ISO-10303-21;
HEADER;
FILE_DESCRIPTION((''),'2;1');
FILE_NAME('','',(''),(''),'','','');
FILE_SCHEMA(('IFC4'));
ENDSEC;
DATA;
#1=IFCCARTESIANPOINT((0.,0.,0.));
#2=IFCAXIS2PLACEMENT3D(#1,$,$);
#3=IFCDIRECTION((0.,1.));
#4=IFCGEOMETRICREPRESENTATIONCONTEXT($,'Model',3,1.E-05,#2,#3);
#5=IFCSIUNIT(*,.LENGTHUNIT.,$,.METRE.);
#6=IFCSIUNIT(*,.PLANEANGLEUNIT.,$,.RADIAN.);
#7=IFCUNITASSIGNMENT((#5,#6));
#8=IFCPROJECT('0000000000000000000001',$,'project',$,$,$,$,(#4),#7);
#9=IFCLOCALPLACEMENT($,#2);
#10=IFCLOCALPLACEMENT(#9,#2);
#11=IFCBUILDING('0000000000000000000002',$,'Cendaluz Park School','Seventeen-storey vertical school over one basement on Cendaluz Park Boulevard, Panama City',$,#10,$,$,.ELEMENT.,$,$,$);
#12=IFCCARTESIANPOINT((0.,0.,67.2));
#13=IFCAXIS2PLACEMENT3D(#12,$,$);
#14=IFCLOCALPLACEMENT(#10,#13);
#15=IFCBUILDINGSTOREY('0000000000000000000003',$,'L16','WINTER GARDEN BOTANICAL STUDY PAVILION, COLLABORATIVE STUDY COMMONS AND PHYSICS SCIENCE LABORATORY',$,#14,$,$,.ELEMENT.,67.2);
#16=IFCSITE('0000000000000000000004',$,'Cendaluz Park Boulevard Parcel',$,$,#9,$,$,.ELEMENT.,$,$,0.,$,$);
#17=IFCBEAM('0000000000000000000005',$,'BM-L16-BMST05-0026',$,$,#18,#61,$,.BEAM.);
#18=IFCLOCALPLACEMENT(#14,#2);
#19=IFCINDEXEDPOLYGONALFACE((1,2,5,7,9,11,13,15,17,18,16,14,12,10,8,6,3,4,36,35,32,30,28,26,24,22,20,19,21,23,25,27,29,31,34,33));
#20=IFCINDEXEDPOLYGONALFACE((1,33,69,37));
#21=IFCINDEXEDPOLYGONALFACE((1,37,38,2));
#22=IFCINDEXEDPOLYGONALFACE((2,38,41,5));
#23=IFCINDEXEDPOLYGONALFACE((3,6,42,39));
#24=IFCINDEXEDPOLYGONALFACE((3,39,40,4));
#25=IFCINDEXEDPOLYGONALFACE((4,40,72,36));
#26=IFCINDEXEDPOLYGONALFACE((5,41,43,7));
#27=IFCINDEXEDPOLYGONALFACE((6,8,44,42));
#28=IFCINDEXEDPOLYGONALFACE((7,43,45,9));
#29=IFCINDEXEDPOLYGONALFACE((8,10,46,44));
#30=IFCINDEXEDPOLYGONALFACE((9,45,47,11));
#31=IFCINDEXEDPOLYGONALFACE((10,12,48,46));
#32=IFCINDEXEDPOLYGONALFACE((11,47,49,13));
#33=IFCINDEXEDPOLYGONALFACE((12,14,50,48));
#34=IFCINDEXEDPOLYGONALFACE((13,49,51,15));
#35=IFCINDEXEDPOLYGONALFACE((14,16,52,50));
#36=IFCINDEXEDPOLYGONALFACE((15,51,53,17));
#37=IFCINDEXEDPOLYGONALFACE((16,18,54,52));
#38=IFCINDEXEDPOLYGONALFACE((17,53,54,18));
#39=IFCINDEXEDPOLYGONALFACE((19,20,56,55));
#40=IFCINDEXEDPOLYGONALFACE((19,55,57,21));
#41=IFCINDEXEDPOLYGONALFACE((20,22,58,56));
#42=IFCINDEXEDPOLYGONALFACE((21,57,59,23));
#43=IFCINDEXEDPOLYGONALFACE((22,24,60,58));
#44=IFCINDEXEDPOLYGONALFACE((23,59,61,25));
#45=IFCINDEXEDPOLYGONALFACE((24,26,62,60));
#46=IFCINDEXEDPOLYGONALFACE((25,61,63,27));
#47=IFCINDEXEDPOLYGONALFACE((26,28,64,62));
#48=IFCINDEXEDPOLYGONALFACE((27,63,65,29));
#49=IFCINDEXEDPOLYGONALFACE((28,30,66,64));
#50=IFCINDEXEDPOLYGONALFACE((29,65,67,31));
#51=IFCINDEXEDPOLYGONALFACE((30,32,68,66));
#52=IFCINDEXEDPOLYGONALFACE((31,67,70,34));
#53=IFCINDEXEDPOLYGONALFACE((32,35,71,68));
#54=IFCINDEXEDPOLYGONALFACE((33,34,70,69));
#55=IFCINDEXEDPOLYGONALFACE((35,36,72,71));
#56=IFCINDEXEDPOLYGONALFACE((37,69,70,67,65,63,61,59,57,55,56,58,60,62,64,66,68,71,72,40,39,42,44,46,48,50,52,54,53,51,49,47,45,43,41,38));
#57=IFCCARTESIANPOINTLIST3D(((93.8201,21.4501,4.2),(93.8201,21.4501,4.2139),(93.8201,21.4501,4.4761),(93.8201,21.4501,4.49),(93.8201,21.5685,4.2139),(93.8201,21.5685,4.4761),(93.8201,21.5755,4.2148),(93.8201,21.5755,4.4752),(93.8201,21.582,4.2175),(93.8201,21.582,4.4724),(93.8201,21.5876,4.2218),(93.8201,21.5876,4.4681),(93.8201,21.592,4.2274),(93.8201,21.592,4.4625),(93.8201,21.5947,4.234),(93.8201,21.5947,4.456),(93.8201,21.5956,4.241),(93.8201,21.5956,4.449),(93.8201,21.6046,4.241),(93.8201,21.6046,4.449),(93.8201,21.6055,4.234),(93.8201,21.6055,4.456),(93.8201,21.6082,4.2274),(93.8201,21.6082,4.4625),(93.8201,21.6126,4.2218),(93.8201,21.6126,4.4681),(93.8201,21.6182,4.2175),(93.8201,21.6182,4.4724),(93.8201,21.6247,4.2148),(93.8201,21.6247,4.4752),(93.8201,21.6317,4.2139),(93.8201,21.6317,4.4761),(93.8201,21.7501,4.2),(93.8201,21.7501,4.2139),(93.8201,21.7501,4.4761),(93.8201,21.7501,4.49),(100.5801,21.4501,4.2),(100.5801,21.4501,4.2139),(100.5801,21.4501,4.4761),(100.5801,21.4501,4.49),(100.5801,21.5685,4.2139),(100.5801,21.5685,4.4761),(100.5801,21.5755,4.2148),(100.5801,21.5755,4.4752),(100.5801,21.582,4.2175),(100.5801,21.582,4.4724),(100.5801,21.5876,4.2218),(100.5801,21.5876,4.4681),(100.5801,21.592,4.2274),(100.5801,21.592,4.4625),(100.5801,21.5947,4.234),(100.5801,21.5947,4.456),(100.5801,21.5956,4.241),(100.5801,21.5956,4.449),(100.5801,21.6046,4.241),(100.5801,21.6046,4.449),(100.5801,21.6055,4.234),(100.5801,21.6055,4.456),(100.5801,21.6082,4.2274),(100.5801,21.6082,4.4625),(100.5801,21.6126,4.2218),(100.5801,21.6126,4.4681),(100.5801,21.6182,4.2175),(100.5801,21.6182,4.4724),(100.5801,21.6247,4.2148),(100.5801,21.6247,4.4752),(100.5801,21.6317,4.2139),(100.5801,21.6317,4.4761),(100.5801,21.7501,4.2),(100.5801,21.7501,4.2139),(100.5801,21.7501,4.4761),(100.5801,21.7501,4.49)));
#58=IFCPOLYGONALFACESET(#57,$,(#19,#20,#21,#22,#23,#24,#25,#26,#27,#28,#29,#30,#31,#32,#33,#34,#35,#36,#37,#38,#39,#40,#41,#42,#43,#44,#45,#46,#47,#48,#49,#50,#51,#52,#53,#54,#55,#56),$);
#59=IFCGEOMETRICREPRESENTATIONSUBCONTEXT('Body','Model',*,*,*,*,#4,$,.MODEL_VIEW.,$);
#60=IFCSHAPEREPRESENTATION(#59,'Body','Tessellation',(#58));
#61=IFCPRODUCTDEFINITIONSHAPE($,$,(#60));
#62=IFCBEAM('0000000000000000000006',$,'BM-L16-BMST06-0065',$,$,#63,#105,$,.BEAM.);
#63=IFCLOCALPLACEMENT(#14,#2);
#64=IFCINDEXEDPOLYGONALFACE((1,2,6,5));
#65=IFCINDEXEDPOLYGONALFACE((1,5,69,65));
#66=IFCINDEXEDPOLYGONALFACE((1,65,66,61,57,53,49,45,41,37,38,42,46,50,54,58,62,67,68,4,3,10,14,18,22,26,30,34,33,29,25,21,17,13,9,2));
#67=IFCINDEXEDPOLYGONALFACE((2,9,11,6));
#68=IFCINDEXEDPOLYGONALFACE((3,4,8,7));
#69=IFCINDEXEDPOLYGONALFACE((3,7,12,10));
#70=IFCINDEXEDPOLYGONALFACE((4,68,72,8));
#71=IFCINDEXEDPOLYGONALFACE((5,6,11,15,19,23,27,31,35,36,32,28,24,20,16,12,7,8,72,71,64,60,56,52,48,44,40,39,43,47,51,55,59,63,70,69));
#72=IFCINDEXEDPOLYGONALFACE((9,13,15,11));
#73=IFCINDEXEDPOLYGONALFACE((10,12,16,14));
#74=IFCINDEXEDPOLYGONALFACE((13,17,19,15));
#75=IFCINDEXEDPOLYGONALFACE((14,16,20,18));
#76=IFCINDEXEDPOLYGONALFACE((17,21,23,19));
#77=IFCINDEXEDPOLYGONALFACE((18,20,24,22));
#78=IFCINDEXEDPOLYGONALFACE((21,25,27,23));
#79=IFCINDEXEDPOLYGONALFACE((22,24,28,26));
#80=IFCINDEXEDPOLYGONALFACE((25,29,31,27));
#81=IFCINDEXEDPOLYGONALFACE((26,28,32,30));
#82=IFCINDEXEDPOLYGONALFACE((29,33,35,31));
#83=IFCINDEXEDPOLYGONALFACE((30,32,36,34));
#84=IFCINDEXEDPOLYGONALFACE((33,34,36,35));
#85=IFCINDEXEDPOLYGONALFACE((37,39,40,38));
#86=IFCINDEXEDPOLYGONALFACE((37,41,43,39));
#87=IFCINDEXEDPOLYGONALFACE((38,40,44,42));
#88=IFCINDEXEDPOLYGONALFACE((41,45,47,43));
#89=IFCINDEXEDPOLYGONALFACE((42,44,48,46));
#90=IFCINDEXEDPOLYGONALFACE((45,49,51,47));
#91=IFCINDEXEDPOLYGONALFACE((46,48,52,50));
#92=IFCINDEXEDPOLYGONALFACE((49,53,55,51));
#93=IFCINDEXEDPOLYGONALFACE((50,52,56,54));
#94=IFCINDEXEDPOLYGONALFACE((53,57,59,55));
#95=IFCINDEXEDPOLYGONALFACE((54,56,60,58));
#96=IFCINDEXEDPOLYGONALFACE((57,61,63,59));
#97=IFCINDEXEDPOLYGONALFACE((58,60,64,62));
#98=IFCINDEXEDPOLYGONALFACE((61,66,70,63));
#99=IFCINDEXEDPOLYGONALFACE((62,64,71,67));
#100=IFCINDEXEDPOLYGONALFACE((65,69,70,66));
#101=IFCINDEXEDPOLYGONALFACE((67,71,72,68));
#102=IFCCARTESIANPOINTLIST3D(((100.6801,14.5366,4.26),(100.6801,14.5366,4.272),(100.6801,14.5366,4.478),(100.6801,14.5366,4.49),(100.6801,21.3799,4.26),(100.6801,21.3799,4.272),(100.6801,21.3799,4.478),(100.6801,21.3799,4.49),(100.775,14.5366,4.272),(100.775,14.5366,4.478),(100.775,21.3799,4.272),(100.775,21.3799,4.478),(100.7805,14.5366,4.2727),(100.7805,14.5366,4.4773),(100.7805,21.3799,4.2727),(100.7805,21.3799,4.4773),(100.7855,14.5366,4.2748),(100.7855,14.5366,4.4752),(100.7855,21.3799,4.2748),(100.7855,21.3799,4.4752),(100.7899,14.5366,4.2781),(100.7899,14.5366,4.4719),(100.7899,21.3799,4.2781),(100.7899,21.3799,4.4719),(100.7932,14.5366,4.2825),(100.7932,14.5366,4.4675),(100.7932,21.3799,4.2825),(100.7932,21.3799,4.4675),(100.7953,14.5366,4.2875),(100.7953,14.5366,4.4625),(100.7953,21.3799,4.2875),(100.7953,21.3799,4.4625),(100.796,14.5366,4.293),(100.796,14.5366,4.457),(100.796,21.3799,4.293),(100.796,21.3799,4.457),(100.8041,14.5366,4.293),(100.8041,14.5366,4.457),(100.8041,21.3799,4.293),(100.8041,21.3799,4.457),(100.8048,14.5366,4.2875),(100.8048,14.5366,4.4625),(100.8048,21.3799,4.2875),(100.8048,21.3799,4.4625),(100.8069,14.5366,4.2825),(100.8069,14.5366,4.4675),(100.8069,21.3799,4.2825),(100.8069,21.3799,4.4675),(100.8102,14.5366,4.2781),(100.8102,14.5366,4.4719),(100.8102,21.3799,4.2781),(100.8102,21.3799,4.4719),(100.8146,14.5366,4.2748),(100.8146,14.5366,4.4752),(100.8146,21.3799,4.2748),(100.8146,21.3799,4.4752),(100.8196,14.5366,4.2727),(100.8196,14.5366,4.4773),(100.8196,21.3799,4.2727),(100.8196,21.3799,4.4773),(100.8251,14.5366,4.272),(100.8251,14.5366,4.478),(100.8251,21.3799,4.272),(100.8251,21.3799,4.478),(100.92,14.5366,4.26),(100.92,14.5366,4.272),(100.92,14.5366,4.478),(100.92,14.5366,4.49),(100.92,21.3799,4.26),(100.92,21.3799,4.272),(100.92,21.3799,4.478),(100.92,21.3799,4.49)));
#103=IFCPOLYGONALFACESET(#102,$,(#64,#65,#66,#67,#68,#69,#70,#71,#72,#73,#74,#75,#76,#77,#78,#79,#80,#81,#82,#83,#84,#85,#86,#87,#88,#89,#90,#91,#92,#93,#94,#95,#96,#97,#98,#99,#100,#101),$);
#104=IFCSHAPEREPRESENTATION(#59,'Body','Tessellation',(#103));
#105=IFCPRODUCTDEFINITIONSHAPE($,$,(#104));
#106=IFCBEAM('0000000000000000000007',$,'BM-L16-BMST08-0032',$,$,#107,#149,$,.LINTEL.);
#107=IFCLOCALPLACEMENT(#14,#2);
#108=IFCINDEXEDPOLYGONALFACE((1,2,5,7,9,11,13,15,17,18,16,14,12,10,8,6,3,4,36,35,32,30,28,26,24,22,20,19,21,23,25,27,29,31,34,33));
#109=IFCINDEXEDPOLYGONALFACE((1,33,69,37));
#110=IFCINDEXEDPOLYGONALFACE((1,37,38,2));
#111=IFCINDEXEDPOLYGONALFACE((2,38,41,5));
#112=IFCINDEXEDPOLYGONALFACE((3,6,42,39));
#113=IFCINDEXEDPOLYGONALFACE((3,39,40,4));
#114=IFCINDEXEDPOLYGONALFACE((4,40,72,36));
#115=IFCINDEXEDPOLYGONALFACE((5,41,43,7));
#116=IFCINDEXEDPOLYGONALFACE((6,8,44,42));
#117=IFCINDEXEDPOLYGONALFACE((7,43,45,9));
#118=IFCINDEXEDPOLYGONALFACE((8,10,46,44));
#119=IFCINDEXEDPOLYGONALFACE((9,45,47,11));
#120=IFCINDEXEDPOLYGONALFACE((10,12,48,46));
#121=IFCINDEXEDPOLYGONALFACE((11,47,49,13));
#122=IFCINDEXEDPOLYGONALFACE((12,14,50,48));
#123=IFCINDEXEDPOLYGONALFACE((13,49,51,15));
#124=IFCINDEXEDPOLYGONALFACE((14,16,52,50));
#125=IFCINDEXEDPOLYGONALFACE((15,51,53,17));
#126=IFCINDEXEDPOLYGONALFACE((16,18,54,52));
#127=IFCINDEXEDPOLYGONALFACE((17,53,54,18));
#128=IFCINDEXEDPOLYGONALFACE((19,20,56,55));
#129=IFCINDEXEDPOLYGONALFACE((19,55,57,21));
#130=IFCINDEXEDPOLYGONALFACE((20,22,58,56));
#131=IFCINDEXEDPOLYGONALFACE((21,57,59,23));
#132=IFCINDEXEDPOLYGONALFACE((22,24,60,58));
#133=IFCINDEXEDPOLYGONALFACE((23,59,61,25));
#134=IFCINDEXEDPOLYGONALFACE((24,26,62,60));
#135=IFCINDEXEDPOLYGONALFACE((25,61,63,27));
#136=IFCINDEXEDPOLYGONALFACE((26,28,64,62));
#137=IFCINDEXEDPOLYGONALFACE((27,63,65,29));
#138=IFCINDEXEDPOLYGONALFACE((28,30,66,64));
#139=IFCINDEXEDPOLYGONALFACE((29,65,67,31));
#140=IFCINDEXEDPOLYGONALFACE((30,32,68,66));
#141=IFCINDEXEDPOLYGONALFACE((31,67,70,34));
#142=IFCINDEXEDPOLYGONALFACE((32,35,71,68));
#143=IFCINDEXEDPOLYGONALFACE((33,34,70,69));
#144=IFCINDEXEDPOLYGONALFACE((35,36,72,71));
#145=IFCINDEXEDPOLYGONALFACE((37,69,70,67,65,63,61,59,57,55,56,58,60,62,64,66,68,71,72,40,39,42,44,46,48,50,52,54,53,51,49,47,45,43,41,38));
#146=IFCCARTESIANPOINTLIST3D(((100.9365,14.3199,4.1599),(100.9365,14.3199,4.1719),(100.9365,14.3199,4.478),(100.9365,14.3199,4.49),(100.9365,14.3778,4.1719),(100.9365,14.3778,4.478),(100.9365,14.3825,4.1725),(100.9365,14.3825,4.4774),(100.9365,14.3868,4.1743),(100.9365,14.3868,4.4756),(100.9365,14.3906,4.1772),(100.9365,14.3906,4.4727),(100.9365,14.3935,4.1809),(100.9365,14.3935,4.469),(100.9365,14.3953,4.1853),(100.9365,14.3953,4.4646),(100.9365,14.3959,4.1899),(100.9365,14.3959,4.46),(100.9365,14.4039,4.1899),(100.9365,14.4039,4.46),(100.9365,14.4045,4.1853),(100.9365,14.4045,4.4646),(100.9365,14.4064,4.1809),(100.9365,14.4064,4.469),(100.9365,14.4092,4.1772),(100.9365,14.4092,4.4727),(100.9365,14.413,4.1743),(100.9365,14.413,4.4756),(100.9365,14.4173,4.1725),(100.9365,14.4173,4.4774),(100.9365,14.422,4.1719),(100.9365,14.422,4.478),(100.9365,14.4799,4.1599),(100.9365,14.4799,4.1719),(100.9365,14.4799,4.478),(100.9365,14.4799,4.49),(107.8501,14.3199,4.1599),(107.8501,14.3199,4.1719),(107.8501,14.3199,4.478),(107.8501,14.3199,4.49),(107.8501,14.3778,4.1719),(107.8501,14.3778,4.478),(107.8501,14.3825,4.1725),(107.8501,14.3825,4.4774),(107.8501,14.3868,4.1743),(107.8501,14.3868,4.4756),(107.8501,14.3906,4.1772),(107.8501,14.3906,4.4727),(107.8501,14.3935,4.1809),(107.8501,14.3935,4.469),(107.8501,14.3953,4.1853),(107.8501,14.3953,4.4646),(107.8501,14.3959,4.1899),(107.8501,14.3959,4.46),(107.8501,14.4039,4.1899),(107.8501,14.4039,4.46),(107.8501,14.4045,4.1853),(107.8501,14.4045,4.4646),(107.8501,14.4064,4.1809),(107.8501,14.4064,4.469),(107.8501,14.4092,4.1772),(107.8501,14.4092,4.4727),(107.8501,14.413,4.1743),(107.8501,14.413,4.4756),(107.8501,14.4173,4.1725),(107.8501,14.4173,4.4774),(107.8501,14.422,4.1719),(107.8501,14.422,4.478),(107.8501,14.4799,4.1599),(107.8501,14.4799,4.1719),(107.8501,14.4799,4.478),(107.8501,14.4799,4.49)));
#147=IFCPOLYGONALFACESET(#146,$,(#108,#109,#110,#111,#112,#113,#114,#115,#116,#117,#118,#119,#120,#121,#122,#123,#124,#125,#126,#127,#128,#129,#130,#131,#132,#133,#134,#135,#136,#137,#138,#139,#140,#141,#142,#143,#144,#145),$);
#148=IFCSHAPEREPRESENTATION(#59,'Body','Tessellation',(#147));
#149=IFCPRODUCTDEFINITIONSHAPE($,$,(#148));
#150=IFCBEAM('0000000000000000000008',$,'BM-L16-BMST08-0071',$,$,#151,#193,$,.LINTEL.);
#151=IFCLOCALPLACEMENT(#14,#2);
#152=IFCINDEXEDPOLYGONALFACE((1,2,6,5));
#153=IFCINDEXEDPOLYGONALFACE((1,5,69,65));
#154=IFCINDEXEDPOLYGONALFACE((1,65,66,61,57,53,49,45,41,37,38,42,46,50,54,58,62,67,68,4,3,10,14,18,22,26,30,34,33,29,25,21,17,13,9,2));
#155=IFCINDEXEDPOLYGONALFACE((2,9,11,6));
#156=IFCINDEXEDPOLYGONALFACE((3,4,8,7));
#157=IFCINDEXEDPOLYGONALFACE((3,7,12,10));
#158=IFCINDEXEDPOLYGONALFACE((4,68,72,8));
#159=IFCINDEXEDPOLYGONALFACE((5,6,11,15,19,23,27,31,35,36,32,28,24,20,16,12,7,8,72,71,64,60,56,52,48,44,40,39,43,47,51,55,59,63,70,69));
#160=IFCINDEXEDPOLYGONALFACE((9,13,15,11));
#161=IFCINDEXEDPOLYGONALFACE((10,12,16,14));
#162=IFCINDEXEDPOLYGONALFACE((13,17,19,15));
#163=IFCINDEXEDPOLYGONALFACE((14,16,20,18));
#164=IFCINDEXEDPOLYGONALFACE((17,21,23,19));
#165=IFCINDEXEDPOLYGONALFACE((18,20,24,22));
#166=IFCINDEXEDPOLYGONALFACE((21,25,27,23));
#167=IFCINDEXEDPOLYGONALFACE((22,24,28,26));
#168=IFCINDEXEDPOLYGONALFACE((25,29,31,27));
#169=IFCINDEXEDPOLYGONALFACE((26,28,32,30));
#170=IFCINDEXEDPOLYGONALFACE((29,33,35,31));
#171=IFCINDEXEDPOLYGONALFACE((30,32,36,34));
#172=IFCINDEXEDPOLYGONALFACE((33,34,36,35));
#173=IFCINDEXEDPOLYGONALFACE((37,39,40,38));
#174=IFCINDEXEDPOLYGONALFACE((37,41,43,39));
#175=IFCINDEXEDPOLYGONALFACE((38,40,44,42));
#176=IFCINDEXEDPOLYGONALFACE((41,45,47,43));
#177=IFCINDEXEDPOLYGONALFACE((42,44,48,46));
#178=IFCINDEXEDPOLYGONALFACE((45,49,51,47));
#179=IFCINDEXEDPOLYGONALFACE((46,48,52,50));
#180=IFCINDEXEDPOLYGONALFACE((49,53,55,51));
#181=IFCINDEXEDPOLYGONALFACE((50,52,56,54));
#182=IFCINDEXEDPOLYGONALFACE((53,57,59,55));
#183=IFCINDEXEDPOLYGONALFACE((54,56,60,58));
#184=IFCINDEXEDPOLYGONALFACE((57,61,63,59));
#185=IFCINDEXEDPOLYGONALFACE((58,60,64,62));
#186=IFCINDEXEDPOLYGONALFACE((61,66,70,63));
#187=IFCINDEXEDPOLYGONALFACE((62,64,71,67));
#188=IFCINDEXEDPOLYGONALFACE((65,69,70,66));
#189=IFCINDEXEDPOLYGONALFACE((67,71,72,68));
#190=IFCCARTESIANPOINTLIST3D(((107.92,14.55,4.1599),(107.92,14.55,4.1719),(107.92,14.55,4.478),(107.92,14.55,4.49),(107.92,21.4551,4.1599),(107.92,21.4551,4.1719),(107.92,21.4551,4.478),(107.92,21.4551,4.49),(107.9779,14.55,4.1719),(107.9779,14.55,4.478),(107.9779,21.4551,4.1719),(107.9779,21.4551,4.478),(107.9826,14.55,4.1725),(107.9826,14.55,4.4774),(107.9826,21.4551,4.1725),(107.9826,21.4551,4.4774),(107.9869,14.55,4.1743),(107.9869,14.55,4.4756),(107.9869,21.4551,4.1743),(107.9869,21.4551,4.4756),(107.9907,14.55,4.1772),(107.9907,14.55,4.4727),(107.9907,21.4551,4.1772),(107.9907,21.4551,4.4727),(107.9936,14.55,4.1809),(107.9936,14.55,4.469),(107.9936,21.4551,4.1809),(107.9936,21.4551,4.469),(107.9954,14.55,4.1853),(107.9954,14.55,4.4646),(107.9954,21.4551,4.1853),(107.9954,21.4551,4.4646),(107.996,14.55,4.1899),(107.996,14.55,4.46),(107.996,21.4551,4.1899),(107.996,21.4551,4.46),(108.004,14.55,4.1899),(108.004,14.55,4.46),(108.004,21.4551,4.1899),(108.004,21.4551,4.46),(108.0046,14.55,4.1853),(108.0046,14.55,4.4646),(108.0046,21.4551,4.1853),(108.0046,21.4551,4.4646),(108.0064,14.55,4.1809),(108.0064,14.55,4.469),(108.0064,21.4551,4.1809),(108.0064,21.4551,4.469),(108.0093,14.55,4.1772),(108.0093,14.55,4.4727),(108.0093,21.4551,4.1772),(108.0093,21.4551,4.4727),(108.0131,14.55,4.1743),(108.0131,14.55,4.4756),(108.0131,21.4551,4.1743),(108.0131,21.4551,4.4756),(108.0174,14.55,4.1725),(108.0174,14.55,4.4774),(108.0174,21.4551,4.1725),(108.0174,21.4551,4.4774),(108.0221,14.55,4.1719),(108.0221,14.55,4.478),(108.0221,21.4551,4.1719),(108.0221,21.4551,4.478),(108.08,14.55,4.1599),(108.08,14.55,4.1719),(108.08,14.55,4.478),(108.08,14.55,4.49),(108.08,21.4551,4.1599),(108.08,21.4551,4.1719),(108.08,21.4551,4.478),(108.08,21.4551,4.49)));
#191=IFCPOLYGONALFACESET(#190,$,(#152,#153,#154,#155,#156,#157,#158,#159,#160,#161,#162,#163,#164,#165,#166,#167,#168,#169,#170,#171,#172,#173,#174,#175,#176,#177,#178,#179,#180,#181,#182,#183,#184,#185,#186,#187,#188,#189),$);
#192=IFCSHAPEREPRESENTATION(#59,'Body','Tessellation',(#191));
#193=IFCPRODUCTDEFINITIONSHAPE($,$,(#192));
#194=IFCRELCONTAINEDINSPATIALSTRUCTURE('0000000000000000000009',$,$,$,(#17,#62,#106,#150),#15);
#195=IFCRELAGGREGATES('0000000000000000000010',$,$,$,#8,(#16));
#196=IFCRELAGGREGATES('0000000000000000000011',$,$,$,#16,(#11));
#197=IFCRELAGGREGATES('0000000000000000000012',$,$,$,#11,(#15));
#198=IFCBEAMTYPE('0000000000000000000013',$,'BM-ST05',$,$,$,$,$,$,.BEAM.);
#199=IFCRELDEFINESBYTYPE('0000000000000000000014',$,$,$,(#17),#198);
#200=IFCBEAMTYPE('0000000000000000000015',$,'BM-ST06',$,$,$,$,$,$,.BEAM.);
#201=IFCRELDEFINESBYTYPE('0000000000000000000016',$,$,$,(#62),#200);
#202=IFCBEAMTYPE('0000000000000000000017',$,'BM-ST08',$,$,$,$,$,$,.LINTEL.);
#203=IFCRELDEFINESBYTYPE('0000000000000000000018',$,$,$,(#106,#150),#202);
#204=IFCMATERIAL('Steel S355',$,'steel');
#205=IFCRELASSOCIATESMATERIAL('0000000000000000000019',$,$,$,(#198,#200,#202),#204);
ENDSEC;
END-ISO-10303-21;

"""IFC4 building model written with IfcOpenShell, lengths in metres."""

from ifc_helpers import new_model, si_unit, direction, frame, origin, origin_2d, place, context, subcontext, project, spatial, i_section, extrude, material, material_profile, profile_set, type_object, element, save


model = new_model("IFC4")

# Units and contexts
model_context = context("Model", 3, precision=1e-05, world=origin(), true_north=direction((0.0, 1.0)))
body_context = subcontext(model_context, "Body", "Model", "MODEL_VIEW")
ifc_project = project(units=[si_unit("LENGTHUNIT", "METRE"), si_unit("PLANEANGLEUNIT", "RADIAN")], contexts=[model_context])

# Site, building, storey
site_placement = place(None, origin())
site = spatial("IfcSite", under=ifc_project, at=site_placement, Name="Cendaluz Park Boulevard Parcel", CompositionType="ELEMENT", RefElevation=0.0)
building_placement = place(site_placement, origin())
building = spatial("IfcBuilding", under=site, at=building_placement, Name="Cendaluz Park School", Description="Seventeen-storey vertical school over one basement on Cendaluz Park Boulevard, Panama City", CompositionType="ELEMENT")
storey_placement = place(building_placement, frame((0.0, 0.0, 67.2)))
storey = spatial("IfcBuildingStorey", under=building, at=storey_placement, Name="L16", Description="WINTER GARDEN BOTANICAL STUDY PAVILION, COLLABORATIVE STUDY COMMONS AND PHYSICS SCIENCE LABORATORY", CompositionType="ELEMENT", Elevation=67.2)

# Shared definitions
ifc_material_1 = material(Name="Steel S355", Category="steel")

# Beams
ifc_material_profile_1 = material_profile(ifc_material_1, i_section(OverallWidth=0.3, OverallDepth=0.29, WebThickness=0.009, FlangeThickness=0.0139, FilletRadius=0.0271, at=origin_2d()), Name="HEA 300", Category="steel")
ifc_profile_set_1 = profile_set([ifc_material_profile_1], Name="Steel S355")
beam_type_1 = type_object("IfcBeamType", Name="BM-ST05", PredefinedType="BEAM", material=ifc_profile_set_1)
beam_1_placement = place(storey_placement, frame((93.8201, 21.6001, 4.345), z_axis=(1.0, 0.0, 0.0), x_axis=(0.0, 1.0, 0.0)))
element("IfcBeam", 1, at=beam_1_placement, inside=storey, type_object=beam_type_1, Name="BM-L16-BMST05-0026", PredefinedType="BEAM", context=body_context, shape_type="SweptSolid", body=[
    extrude(i_section(OverallWidth=0.3, OverallDepth=0.29, WebThickness=0.009, FlangeThickness=0.0139, FilletRadius=0.0271, at=origin_2d()), origin(), (0.0, 0.0, 1.0), 6.76),
])
ifc_material_profile_2 = material_profile(ifc_material_1, i_section(OverallWidth=0.24, OverallDepth=0.23, WebThickness=0.0081, FlangeThickness=0.012, FilletRadius=0.021, at=origin_2d()), Name="HEA 240", Category="steel")
ifc_profile_set_2 = profile_set([ifc_material_profile_2], Name="Steel S355")
beam_type_2 = type_object("IfcBeamType", Name="BM-ST06", PredefinedType="BEAM", material=ifc_profile_set_2)
beam_2_placement = place(storey_placement, frame((100.8, 14.5366, 4.375), z_axis=(0.0, 1.0, 0.0), x_axis=(-1.0, 0.0, 0.0)))
element("IfcBeam", 2, at=beam_2_placement, inside=storey, type_object=beam_type_2, Name="BM-L16-BMST06-0065", PredefinedType="BEAM", context=body_context, shape_type="SweptSolid", body=[
    extrude(i_section(OverallWidth=0.24, OverallDepth=0.23, WebThickness=0.0081, FlangeThickness=0.012, FilletRadius=0.021, at=origin_2d()), origin(), (0.0, 0.0, 1.0), 6.8433),
])
ifc_material_profile_3 = material_profile(ifc_material_1, i_section(OverallWidth=0.1599, OverallDepth=0.3301, WebThickness=0.0081, FlangeThickness=0.012, FilletRadius=0.0181, at=origin_2d()), Name="IPE 330", Category="steel")
ifc_profile_set_3 = profile_set([ifc_material_profile_3], Name="Steel S355")
beam_type_3 = type_object("IfcBeamType", Name="BM-ST08", PredefinedType="LINTEL", material=ifc_profile_set_3)
beam_3_placement = place(storey_placement, frame((100.9365, 14.3999, 4.325), z_axis=(1.0, 0.0, 0.0), x_axis=(0.0, 1.0, 0.0)))
element("IfcBeam", 3, at=beam_3_placement, inside=storey, type_object=beam_type_3, Name="BM-L16-BMST08-0032", PredefinedType="LINTEL", context=body_context, shape_type="SweptSolid", body=[
    extrude(i_section(OverallWidth=0.1599, OverallDepth=0.3301, WebThickness=0.0081, FlangeThickness=0.012, FilletRadius=0.0181, at=origin_2d()), origin(), (0.0, 0.0, 1.0), 6.9136),
])
beam_4_placement = place(storey_placement, frame((108.0, 14.55, 4.325), z_axis=(0.0, 1.0, 0.0), x_axis=(-1.0, 0.0, 0.0)))
element("IfcBeam", 4, at=beam_4_placement, inside=storey, type_object=beam_type_3, Name="BM-L16-BMST08-0071", PredefinedType="LINTEL", context=body_context, shape_type="SweptSolid", body=[
    extrude(i_section(OverallWidth=0.1599, OverallDepth=0.3301, WebThickness=0.0081, FlangeThickness=0.012, FilletRadius=0.0181, at=origin_2d()), origin(), (0.0, 0.0, 1.0), 6.905),
])

save(model, "model.ifc")
